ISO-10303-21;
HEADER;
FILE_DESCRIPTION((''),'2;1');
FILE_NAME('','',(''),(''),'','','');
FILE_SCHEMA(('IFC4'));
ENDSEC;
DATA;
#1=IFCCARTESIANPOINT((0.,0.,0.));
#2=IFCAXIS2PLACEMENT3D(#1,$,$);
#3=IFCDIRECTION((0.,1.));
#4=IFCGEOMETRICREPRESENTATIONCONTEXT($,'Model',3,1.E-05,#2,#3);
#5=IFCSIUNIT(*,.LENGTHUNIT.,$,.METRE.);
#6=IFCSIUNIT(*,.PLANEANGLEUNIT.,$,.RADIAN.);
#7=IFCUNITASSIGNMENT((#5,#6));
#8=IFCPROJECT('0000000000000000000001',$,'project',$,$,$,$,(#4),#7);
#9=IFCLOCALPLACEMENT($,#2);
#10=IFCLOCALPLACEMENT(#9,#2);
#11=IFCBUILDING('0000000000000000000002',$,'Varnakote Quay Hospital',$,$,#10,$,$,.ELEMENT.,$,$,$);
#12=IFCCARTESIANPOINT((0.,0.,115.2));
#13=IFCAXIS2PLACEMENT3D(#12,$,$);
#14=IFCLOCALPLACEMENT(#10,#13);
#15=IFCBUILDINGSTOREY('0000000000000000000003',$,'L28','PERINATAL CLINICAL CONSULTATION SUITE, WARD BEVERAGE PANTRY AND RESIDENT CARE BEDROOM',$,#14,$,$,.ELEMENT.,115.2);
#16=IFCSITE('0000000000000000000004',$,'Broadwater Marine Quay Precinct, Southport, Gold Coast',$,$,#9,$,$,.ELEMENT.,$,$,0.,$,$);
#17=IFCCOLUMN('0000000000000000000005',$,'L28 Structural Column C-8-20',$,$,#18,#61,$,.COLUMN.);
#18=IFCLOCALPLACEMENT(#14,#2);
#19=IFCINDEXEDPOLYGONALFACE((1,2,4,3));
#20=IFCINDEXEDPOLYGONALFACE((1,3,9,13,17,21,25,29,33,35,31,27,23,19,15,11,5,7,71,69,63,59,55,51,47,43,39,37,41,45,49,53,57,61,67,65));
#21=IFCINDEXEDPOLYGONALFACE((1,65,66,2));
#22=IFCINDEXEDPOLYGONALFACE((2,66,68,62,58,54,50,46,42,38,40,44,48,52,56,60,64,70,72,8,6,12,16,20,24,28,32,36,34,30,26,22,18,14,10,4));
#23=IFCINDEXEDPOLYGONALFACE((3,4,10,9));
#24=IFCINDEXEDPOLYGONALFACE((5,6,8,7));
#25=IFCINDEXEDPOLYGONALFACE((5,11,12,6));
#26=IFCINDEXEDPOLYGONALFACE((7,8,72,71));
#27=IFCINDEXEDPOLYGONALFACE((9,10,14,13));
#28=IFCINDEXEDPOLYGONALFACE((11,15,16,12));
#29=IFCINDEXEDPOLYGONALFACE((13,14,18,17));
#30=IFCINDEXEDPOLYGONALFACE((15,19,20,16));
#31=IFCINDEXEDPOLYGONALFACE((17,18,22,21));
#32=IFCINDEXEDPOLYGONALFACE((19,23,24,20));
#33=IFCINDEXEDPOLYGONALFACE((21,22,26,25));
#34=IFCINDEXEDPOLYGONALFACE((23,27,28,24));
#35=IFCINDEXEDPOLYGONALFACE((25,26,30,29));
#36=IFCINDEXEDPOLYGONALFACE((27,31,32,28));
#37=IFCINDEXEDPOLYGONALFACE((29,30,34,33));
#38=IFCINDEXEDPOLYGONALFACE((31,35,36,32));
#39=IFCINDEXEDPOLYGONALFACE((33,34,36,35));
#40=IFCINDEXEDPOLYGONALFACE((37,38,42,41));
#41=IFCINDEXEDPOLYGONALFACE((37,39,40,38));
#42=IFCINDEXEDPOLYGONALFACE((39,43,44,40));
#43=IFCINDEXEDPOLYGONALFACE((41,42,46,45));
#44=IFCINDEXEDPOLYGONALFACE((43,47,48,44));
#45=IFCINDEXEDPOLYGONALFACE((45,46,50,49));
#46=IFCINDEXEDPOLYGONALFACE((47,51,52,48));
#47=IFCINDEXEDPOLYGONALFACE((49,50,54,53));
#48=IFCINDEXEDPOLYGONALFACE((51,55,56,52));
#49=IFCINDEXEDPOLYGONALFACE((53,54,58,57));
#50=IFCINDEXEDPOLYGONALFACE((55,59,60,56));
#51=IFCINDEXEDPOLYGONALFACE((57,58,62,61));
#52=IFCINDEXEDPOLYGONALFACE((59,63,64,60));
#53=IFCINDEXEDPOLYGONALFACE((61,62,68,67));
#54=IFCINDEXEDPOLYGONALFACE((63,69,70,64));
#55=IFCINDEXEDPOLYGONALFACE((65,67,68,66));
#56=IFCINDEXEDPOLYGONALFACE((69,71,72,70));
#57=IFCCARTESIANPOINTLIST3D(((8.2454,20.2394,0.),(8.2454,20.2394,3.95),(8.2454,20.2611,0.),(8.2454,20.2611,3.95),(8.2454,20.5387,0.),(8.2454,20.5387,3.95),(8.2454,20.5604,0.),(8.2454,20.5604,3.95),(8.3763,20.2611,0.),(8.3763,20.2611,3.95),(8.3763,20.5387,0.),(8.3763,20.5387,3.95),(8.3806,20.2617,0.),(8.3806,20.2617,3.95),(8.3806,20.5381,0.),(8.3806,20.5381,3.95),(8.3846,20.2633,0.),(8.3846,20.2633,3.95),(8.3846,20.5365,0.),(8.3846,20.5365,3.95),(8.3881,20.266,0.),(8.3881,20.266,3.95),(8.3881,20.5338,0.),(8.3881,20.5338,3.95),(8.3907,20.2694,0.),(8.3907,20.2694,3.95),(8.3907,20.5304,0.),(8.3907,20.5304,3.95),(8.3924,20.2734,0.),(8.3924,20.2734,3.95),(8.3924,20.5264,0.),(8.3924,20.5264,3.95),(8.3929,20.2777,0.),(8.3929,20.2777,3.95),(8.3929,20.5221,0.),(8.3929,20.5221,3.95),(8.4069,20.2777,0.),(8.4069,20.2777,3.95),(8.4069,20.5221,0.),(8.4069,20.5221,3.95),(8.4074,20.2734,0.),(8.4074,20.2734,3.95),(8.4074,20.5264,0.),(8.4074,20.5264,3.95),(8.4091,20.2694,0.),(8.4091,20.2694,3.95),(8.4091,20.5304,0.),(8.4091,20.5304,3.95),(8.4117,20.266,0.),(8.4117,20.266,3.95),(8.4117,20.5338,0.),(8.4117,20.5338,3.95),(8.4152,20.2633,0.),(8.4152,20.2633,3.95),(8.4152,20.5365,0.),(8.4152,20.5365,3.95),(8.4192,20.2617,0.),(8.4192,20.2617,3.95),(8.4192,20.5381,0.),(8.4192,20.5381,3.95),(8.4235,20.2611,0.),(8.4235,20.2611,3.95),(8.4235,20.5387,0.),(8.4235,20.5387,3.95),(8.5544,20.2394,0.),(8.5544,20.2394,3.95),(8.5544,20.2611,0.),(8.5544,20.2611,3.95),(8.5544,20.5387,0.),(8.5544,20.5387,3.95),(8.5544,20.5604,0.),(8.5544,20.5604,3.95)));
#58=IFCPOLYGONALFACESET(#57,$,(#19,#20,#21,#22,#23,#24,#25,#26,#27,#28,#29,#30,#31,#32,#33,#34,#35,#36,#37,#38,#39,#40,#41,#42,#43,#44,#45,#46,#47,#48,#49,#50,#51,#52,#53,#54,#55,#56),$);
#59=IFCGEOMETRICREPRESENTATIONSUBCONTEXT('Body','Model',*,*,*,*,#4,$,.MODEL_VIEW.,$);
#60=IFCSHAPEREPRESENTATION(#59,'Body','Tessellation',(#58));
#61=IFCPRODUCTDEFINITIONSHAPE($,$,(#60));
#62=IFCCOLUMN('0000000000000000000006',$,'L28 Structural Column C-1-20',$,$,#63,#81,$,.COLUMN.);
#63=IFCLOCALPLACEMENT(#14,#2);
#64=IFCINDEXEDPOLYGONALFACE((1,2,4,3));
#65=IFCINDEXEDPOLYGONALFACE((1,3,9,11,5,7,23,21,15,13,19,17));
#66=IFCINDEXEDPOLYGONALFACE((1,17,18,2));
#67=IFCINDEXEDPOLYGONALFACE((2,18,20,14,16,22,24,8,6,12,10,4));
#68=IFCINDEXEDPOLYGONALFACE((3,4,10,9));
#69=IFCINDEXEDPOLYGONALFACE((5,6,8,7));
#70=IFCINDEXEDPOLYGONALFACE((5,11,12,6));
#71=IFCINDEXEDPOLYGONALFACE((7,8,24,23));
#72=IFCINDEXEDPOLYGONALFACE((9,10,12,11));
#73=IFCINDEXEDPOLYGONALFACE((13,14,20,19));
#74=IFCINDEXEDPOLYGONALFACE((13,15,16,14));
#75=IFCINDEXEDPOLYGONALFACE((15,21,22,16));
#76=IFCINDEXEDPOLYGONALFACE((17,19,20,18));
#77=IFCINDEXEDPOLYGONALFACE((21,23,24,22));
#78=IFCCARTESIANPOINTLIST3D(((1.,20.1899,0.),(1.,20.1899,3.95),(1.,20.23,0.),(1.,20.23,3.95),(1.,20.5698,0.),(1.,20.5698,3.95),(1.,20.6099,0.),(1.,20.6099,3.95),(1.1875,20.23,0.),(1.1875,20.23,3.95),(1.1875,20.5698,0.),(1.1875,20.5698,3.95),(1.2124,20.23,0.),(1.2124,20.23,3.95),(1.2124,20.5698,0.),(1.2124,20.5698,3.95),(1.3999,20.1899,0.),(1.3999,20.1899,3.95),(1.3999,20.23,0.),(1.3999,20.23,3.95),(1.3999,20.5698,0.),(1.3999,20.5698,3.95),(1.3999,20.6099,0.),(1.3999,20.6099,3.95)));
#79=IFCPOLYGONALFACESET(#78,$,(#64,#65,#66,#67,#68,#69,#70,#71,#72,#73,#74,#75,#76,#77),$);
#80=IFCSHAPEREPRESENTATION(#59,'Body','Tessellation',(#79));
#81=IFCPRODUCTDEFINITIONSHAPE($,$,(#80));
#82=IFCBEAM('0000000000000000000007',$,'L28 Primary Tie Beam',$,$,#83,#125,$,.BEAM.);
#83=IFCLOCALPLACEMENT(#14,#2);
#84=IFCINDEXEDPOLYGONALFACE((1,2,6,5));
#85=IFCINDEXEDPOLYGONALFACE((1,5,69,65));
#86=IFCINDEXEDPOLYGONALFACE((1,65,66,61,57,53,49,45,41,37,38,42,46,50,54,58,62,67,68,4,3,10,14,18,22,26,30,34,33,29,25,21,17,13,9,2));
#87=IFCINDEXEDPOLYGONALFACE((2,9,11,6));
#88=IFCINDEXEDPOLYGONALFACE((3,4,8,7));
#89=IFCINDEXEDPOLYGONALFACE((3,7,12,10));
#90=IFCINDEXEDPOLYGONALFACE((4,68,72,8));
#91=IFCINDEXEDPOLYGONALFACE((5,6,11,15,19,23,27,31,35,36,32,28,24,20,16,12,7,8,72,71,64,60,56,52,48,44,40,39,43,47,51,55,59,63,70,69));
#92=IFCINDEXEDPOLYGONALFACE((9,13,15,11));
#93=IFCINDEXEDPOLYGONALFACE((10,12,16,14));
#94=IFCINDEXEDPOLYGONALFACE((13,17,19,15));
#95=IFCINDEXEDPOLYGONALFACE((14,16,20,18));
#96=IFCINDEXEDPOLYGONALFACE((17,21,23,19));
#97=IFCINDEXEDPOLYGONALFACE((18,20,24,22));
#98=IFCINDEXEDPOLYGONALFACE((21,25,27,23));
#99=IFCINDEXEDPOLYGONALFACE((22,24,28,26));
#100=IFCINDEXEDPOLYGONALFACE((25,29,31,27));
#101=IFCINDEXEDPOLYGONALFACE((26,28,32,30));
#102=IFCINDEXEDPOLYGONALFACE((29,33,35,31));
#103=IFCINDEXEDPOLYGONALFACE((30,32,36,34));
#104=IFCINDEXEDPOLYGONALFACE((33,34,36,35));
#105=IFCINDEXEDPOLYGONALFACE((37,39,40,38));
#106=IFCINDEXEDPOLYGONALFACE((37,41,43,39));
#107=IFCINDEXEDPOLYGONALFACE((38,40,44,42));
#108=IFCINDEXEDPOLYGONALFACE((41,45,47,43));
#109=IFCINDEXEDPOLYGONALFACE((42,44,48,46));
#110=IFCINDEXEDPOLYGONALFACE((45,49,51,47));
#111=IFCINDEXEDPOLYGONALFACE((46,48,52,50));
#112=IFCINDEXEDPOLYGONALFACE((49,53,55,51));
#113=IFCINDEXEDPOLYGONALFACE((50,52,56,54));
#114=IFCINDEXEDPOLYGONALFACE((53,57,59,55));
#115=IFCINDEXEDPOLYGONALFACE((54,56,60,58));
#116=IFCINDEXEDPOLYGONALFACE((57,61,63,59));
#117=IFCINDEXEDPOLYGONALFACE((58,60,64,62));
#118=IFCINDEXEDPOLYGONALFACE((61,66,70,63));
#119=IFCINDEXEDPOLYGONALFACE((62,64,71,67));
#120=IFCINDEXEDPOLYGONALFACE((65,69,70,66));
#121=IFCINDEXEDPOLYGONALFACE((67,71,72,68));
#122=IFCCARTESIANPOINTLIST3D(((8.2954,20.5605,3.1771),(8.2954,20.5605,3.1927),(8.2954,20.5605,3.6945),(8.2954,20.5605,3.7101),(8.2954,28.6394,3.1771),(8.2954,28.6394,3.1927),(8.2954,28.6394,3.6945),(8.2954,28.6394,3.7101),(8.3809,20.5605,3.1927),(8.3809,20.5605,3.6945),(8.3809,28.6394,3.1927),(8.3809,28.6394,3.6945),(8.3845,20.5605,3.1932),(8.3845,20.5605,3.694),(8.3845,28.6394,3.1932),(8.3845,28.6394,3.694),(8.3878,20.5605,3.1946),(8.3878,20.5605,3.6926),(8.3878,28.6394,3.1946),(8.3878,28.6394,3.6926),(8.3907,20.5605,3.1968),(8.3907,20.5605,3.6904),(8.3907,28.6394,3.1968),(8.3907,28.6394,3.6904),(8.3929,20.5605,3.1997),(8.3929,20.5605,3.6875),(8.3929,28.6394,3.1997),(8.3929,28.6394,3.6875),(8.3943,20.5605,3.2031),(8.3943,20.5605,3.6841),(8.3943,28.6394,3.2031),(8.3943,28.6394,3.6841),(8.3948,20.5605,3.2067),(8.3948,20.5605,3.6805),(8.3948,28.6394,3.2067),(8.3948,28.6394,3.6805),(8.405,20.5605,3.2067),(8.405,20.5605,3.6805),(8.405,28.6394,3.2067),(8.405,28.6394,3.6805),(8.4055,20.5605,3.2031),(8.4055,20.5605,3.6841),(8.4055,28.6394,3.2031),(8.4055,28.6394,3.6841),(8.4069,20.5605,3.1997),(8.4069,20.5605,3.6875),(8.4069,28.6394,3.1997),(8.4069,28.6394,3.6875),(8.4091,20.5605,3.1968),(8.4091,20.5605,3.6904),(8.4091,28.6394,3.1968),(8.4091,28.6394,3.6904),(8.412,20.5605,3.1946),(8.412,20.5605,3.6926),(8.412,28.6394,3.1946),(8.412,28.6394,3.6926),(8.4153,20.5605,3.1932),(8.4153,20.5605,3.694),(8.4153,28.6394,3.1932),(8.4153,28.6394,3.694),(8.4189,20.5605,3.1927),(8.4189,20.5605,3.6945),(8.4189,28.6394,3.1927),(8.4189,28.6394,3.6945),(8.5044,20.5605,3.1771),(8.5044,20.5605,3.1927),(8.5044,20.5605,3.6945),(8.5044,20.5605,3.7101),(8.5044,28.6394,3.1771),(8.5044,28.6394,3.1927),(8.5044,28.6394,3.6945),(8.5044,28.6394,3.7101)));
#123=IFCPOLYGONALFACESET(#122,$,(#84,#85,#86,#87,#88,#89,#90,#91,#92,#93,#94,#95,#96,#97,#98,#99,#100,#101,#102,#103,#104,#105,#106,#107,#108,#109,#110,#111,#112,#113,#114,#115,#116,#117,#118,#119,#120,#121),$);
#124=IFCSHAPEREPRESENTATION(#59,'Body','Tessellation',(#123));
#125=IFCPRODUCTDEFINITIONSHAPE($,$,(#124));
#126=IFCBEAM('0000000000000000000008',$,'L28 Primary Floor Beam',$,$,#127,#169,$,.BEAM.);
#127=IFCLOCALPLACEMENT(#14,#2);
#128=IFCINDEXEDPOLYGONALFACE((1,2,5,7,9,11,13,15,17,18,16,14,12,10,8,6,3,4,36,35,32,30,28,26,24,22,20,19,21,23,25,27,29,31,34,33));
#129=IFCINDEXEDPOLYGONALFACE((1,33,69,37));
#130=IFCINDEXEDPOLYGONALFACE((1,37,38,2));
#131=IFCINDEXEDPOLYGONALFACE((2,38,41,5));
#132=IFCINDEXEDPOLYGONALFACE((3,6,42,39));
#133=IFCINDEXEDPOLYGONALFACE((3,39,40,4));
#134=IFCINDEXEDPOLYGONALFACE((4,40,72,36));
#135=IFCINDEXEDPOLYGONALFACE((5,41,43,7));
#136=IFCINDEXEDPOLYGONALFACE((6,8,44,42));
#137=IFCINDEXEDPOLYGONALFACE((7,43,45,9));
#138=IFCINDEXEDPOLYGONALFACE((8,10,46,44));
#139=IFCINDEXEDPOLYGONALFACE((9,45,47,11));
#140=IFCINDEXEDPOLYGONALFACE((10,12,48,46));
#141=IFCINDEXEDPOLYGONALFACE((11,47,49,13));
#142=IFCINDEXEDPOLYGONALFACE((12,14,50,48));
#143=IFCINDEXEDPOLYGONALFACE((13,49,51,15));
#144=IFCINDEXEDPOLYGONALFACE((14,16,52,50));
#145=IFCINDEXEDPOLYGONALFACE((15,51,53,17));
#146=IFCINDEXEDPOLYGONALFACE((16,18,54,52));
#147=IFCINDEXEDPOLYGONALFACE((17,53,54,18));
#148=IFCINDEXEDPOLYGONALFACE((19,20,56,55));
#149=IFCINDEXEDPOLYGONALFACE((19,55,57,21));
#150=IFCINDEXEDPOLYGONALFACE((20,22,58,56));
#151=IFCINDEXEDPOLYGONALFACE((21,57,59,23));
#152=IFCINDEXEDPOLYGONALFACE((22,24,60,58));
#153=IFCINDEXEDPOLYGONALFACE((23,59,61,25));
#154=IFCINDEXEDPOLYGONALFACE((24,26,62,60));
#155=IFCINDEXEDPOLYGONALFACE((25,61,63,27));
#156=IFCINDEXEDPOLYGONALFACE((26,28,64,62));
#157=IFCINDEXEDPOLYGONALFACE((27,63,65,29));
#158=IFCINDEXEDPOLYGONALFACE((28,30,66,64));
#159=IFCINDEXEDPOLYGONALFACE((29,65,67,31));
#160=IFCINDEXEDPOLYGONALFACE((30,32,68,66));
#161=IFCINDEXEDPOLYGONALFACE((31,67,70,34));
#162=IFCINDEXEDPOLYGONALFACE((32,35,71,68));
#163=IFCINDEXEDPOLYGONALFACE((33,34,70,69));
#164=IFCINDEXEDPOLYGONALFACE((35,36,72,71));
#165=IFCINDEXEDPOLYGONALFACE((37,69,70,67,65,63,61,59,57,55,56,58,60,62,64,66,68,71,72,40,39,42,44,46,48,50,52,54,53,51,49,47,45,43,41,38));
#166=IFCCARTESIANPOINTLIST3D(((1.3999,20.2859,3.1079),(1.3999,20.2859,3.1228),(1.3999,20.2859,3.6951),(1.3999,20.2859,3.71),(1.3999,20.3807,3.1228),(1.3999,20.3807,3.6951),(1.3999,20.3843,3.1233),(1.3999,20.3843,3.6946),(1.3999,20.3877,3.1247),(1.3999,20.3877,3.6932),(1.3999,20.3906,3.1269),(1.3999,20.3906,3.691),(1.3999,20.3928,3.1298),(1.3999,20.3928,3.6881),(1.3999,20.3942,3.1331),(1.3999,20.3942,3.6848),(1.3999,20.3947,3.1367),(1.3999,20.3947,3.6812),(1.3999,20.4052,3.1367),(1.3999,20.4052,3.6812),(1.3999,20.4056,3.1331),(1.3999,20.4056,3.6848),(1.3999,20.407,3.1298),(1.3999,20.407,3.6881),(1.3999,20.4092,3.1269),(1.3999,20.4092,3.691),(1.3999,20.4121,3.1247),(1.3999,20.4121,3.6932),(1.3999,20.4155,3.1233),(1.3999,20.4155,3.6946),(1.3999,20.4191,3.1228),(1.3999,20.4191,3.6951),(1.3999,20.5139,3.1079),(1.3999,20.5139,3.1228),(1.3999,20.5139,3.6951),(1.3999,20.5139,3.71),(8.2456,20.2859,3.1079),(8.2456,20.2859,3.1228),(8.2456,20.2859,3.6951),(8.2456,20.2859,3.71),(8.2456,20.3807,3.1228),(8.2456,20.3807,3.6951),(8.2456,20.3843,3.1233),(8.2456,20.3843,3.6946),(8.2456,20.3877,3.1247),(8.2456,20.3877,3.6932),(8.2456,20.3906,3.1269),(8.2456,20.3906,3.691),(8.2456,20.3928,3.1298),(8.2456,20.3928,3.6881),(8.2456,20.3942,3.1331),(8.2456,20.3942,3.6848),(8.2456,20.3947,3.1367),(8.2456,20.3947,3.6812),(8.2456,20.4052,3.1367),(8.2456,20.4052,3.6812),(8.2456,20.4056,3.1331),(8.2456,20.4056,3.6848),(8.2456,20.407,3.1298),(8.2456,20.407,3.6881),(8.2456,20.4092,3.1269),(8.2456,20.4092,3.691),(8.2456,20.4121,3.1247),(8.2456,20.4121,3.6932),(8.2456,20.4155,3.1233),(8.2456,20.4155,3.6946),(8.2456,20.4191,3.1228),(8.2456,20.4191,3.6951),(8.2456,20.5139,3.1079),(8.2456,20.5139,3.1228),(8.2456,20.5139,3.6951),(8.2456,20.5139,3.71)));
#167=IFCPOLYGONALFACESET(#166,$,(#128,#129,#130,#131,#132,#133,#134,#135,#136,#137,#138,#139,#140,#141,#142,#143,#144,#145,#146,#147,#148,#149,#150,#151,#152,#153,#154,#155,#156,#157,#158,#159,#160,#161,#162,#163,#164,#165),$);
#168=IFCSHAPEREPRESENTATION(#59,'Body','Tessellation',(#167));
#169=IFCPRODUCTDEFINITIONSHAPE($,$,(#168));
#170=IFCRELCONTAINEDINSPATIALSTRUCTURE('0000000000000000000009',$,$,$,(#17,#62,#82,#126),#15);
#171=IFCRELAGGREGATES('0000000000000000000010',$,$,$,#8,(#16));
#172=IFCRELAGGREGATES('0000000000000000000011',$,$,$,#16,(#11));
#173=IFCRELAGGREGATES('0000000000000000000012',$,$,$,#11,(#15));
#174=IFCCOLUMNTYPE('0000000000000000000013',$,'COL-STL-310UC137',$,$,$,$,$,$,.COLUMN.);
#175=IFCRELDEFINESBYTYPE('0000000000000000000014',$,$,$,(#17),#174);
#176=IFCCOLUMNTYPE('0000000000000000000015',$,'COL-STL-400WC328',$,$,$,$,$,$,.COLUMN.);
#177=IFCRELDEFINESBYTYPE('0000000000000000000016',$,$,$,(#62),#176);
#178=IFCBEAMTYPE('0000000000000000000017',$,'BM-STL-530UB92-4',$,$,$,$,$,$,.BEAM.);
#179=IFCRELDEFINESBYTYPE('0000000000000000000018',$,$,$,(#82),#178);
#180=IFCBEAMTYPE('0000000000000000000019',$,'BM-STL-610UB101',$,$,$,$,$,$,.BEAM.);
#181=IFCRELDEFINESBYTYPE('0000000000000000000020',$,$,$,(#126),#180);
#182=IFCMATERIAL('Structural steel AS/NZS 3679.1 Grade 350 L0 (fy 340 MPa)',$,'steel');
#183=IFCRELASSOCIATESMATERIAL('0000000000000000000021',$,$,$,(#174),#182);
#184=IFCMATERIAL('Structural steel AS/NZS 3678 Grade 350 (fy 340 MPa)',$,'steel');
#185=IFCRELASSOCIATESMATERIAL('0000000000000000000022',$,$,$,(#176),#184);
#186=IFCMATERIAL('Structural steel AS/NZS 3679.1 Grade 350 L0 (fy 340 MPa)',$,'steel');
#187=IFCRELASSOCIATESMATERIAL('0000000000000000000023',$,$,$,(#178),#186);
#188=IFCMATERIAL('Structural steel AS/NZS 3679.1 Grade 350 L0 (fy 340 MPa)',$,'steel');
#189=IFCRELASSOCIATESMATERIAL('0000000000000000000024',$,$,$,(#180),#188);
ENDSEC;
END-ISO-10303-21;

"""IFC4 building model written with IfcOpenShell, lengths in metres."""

from ifc_helpers import new_model, si_unit, direction, frame, origin, origin_2d, place, context, subcontext, project, spatial, i_section, extrude, material, material_profile, profile_set, type_object, element, save


model = new_model("IFC4")

# Units and contexts
model_context = context("Model", 3, precision=1e-05, world=origin(), true_north=direction((0.0, 1.0)))
body_context = subcontext(model_context, "Body", "Model", "MODEL_VIEW")
ifc_project = project(units=[si_unit("LENGTHUNIT", "METRE"), si_unit("PLANEANGLEUNIT", "RADIAN")], contexts=[model_context])

# Site, building, storey
site_placement = place(None, origin())
site = spatial("IfcSite", under=ifc_project, at=site_placement, Name="Broadwater Marine Quay Precinct, Southport, Gold Coast", CompositionType="ELEMENT", RefElevation=0.0)
building_placement = place(site_placement, origin())
building = spatial("IfcBuilding", under=site, at=building_placement, Name="Varnakote Quay Hospital", CompositionType="ELEMENT")
storey_placement = place(building_placement, frame((0.0, 0.0, 115.2)))
storey = spatial("IfcBuildingStorey", under=building, at=storey_placement, Name="L28", Description="PERINATAL CLINICAL CONSULTATION SUITE, WARD BEVERAGE PANTRY AND RESIDENT CARE BEDROOM", CompositionType="ELEMENT", Elevation=115.2)

# Columns
ifc_material_1 = material(Name="Structural steel AS/NZS 3679.1 Grade 350 L0 (fy 340 MPa)", Category="steel")
ifc_material_profile_1 = material_profile(ifc_material_1, i_section(OverallWidth=0.3091, OverallDepth=0.321, WebThickness=0.0139, FlangeThickness=0.0217, FilletRadius=0.0166, at=origin_2d()), Name="310UC137")
ifc_profile_set_1 = profile_set([ifc_material_profile_1], Name="Structural steel AS/NZS 3679.1 Grade 350 L0 (fy 340 MPa)")
column_type_1 = type_object("IfcColumnType", Name="COL-STL-310UC137", PredefinedType="COLUMN", material=ifc_profile_set_1)
column_1_placement = place(storey_placement, frame((8.3999, 20.3999, 0.0), z_axis=(0.0, 0.0, 1.0), x_axis=(1.0, 0.0, 0.0)))
element("IfcColumn", 1, at=column_1_placement, inside=storey, type_object=column_type_1, Name="L28 Structural Column C-8-20", PredefinedType="COLUMN", context=body_context, shape_type="SweptSolid", body=[
    extrude(i_section(OverallWidth=0.3091, OverallDepth=0.321, WebThickness=0.0139, FlangeThickness=0.0217, FilletRadius=0.0166, at=origin_2d()), origin(), (0.0, 0.0, 1.0), 3.95),
])
ifc_material_2 = material(Name="Structural steel AS/NZS 3678 Grade 350 (fy 340 MPa)", Category="steel")
ifc_material_profile_2 = material_profile(ifc_material_2, i_section(OverallWidth=0.3999, OverallDepth=0.4199, WebThickness=0.0249, FlangeThickness=0.04, at=origin_2d()), Name="400WC328")
ifc_profile_set_2 = profile_set([ifc_material_profile_2], Name="Structural steel AS/NZS 3678 Grade 350 (fy 340 MPa)")
column_type_2 = type_object("IfcColumnType", Name="COL-STL-400WC328", PredefinedType="COLUMN", material=ifc_profile_set_2)
column_2_placement = place(storey_placement, frame((1.2, 20.3999, 0.0), z_axis=(0.0, 0.0, 1.0), x_axis=(1.0, 0.0, 0.0)))
element("IfcColumn", 2, at=column_2_placement, inside=storey, type_object=column_type_2, Name="L28 Structural Column C-1-20", PredefinedType="COLUMN", context=body_context, shape_type="SweptSolid", body=[
    extrude(i_section(OverallWidth=0.3999, OverallDepth=0.4199, WebThickness=0.0249, FlangeThickness=0.04, at=origin_2d()), origin(), (0.0, 0.0, 1.0), 3.95),
])

# Beams
ifc_material_3 = material(Name="Structural steel AS/NZS 3679.1 Grade 350 L0 (fy 340 MPa)", Category="steel")
ifc_material_profile_3 = material_profile(ifc_material_3, i_section(OverallWidth=0.209, OverallDepth=0.533, WebThickness=0.0103, FlangeThickness=0.0156, FilletRadius=0.0139, at=origin_2d()), Name="530UB92.4")
ifc_profile_set_3 = profile_set([ifc_material_profile_3], Name="Structural steel AS/NZS 3679.1 Grade 350 L0 (fy 340 MPa)")
beam_type_1 = type_object("IfcBeamType", Name="BM-STL-530UB92-4", PredefinedType="BEAM", material=ifc_profile_set_3)
beam_1_placement = place(storey_placement, frame((8.3999, 20.5605, 3.4436), z_axis=(0.0, 1.0, 0.0), x_axis=(-1.0, 0.0, 0.0)))
element("IfcBeam", 3, at=beam_1_placement, inside=storey, type_object=beam_type_1, Name="L28 Primary Tie Beam", PredefinedType="BEAM", context=body_context, shape_type="SweptSolid", body=[
    extrude(i_section(OverallWidth=0.209, OverallDepth=0.533, WebThickness=0.0103, FlangeThickness=0.0156, FilletRadius=0.0139, at=origin_2d()), origin(), (0.0, 0.0, 1.0), 8.0789),
])
ifc_material_4 = material(Name="Structural steel AS/NZS 3679.1 Grade 350 L0 (fy 340 MPa)", Category="steel")
ifc_material_profile_4 = material_profile(ifc_material_4, i_section(OverallWidth=0.228, OverallDepth=0.6021, WebThickness=0.0105, FlangeThickness=0.0149, FilletRadius=0.0139, at=origin_2d()), Name="610UB101")
ifc_profile_set_4 = profile_set([ifc_material_profile_4], Name="Structural steel AS/NZS 3679.1 Grade 350 L0 (fy 340 MPa)")
beam_type_2 = type_object("IfcBeamType", Name="BM-STL-610UB101", PredefinedType="BEAM", material=ifc_profile_set_4)
beam_2_placement = place(storey_placement, frame((1.3999, 20.3999, 3.4089), z_axis=(1.0, 0.0, 0.0), x_axis=(0.0, 1.0, 0.0)))
element("IfcBeam", 4, at=beam_2_placement, inside=storey, type_object=beam_type_2, Name="L28 Primary Floor Beam", PredefinedType="BEAM", context=body_context, shape_type="SweptSolid", body=[
    extrude(i_section(OverallWidth=0.228, OverallDepth=0.6021, WebThickness=0.0105, FlangeThickness=0.0149, FilletRadius=0.0139, at=origin_2d()), origin(), (0.0, 0.0, 1.0), 6.8457),
])

save(model, "model.ifc")
